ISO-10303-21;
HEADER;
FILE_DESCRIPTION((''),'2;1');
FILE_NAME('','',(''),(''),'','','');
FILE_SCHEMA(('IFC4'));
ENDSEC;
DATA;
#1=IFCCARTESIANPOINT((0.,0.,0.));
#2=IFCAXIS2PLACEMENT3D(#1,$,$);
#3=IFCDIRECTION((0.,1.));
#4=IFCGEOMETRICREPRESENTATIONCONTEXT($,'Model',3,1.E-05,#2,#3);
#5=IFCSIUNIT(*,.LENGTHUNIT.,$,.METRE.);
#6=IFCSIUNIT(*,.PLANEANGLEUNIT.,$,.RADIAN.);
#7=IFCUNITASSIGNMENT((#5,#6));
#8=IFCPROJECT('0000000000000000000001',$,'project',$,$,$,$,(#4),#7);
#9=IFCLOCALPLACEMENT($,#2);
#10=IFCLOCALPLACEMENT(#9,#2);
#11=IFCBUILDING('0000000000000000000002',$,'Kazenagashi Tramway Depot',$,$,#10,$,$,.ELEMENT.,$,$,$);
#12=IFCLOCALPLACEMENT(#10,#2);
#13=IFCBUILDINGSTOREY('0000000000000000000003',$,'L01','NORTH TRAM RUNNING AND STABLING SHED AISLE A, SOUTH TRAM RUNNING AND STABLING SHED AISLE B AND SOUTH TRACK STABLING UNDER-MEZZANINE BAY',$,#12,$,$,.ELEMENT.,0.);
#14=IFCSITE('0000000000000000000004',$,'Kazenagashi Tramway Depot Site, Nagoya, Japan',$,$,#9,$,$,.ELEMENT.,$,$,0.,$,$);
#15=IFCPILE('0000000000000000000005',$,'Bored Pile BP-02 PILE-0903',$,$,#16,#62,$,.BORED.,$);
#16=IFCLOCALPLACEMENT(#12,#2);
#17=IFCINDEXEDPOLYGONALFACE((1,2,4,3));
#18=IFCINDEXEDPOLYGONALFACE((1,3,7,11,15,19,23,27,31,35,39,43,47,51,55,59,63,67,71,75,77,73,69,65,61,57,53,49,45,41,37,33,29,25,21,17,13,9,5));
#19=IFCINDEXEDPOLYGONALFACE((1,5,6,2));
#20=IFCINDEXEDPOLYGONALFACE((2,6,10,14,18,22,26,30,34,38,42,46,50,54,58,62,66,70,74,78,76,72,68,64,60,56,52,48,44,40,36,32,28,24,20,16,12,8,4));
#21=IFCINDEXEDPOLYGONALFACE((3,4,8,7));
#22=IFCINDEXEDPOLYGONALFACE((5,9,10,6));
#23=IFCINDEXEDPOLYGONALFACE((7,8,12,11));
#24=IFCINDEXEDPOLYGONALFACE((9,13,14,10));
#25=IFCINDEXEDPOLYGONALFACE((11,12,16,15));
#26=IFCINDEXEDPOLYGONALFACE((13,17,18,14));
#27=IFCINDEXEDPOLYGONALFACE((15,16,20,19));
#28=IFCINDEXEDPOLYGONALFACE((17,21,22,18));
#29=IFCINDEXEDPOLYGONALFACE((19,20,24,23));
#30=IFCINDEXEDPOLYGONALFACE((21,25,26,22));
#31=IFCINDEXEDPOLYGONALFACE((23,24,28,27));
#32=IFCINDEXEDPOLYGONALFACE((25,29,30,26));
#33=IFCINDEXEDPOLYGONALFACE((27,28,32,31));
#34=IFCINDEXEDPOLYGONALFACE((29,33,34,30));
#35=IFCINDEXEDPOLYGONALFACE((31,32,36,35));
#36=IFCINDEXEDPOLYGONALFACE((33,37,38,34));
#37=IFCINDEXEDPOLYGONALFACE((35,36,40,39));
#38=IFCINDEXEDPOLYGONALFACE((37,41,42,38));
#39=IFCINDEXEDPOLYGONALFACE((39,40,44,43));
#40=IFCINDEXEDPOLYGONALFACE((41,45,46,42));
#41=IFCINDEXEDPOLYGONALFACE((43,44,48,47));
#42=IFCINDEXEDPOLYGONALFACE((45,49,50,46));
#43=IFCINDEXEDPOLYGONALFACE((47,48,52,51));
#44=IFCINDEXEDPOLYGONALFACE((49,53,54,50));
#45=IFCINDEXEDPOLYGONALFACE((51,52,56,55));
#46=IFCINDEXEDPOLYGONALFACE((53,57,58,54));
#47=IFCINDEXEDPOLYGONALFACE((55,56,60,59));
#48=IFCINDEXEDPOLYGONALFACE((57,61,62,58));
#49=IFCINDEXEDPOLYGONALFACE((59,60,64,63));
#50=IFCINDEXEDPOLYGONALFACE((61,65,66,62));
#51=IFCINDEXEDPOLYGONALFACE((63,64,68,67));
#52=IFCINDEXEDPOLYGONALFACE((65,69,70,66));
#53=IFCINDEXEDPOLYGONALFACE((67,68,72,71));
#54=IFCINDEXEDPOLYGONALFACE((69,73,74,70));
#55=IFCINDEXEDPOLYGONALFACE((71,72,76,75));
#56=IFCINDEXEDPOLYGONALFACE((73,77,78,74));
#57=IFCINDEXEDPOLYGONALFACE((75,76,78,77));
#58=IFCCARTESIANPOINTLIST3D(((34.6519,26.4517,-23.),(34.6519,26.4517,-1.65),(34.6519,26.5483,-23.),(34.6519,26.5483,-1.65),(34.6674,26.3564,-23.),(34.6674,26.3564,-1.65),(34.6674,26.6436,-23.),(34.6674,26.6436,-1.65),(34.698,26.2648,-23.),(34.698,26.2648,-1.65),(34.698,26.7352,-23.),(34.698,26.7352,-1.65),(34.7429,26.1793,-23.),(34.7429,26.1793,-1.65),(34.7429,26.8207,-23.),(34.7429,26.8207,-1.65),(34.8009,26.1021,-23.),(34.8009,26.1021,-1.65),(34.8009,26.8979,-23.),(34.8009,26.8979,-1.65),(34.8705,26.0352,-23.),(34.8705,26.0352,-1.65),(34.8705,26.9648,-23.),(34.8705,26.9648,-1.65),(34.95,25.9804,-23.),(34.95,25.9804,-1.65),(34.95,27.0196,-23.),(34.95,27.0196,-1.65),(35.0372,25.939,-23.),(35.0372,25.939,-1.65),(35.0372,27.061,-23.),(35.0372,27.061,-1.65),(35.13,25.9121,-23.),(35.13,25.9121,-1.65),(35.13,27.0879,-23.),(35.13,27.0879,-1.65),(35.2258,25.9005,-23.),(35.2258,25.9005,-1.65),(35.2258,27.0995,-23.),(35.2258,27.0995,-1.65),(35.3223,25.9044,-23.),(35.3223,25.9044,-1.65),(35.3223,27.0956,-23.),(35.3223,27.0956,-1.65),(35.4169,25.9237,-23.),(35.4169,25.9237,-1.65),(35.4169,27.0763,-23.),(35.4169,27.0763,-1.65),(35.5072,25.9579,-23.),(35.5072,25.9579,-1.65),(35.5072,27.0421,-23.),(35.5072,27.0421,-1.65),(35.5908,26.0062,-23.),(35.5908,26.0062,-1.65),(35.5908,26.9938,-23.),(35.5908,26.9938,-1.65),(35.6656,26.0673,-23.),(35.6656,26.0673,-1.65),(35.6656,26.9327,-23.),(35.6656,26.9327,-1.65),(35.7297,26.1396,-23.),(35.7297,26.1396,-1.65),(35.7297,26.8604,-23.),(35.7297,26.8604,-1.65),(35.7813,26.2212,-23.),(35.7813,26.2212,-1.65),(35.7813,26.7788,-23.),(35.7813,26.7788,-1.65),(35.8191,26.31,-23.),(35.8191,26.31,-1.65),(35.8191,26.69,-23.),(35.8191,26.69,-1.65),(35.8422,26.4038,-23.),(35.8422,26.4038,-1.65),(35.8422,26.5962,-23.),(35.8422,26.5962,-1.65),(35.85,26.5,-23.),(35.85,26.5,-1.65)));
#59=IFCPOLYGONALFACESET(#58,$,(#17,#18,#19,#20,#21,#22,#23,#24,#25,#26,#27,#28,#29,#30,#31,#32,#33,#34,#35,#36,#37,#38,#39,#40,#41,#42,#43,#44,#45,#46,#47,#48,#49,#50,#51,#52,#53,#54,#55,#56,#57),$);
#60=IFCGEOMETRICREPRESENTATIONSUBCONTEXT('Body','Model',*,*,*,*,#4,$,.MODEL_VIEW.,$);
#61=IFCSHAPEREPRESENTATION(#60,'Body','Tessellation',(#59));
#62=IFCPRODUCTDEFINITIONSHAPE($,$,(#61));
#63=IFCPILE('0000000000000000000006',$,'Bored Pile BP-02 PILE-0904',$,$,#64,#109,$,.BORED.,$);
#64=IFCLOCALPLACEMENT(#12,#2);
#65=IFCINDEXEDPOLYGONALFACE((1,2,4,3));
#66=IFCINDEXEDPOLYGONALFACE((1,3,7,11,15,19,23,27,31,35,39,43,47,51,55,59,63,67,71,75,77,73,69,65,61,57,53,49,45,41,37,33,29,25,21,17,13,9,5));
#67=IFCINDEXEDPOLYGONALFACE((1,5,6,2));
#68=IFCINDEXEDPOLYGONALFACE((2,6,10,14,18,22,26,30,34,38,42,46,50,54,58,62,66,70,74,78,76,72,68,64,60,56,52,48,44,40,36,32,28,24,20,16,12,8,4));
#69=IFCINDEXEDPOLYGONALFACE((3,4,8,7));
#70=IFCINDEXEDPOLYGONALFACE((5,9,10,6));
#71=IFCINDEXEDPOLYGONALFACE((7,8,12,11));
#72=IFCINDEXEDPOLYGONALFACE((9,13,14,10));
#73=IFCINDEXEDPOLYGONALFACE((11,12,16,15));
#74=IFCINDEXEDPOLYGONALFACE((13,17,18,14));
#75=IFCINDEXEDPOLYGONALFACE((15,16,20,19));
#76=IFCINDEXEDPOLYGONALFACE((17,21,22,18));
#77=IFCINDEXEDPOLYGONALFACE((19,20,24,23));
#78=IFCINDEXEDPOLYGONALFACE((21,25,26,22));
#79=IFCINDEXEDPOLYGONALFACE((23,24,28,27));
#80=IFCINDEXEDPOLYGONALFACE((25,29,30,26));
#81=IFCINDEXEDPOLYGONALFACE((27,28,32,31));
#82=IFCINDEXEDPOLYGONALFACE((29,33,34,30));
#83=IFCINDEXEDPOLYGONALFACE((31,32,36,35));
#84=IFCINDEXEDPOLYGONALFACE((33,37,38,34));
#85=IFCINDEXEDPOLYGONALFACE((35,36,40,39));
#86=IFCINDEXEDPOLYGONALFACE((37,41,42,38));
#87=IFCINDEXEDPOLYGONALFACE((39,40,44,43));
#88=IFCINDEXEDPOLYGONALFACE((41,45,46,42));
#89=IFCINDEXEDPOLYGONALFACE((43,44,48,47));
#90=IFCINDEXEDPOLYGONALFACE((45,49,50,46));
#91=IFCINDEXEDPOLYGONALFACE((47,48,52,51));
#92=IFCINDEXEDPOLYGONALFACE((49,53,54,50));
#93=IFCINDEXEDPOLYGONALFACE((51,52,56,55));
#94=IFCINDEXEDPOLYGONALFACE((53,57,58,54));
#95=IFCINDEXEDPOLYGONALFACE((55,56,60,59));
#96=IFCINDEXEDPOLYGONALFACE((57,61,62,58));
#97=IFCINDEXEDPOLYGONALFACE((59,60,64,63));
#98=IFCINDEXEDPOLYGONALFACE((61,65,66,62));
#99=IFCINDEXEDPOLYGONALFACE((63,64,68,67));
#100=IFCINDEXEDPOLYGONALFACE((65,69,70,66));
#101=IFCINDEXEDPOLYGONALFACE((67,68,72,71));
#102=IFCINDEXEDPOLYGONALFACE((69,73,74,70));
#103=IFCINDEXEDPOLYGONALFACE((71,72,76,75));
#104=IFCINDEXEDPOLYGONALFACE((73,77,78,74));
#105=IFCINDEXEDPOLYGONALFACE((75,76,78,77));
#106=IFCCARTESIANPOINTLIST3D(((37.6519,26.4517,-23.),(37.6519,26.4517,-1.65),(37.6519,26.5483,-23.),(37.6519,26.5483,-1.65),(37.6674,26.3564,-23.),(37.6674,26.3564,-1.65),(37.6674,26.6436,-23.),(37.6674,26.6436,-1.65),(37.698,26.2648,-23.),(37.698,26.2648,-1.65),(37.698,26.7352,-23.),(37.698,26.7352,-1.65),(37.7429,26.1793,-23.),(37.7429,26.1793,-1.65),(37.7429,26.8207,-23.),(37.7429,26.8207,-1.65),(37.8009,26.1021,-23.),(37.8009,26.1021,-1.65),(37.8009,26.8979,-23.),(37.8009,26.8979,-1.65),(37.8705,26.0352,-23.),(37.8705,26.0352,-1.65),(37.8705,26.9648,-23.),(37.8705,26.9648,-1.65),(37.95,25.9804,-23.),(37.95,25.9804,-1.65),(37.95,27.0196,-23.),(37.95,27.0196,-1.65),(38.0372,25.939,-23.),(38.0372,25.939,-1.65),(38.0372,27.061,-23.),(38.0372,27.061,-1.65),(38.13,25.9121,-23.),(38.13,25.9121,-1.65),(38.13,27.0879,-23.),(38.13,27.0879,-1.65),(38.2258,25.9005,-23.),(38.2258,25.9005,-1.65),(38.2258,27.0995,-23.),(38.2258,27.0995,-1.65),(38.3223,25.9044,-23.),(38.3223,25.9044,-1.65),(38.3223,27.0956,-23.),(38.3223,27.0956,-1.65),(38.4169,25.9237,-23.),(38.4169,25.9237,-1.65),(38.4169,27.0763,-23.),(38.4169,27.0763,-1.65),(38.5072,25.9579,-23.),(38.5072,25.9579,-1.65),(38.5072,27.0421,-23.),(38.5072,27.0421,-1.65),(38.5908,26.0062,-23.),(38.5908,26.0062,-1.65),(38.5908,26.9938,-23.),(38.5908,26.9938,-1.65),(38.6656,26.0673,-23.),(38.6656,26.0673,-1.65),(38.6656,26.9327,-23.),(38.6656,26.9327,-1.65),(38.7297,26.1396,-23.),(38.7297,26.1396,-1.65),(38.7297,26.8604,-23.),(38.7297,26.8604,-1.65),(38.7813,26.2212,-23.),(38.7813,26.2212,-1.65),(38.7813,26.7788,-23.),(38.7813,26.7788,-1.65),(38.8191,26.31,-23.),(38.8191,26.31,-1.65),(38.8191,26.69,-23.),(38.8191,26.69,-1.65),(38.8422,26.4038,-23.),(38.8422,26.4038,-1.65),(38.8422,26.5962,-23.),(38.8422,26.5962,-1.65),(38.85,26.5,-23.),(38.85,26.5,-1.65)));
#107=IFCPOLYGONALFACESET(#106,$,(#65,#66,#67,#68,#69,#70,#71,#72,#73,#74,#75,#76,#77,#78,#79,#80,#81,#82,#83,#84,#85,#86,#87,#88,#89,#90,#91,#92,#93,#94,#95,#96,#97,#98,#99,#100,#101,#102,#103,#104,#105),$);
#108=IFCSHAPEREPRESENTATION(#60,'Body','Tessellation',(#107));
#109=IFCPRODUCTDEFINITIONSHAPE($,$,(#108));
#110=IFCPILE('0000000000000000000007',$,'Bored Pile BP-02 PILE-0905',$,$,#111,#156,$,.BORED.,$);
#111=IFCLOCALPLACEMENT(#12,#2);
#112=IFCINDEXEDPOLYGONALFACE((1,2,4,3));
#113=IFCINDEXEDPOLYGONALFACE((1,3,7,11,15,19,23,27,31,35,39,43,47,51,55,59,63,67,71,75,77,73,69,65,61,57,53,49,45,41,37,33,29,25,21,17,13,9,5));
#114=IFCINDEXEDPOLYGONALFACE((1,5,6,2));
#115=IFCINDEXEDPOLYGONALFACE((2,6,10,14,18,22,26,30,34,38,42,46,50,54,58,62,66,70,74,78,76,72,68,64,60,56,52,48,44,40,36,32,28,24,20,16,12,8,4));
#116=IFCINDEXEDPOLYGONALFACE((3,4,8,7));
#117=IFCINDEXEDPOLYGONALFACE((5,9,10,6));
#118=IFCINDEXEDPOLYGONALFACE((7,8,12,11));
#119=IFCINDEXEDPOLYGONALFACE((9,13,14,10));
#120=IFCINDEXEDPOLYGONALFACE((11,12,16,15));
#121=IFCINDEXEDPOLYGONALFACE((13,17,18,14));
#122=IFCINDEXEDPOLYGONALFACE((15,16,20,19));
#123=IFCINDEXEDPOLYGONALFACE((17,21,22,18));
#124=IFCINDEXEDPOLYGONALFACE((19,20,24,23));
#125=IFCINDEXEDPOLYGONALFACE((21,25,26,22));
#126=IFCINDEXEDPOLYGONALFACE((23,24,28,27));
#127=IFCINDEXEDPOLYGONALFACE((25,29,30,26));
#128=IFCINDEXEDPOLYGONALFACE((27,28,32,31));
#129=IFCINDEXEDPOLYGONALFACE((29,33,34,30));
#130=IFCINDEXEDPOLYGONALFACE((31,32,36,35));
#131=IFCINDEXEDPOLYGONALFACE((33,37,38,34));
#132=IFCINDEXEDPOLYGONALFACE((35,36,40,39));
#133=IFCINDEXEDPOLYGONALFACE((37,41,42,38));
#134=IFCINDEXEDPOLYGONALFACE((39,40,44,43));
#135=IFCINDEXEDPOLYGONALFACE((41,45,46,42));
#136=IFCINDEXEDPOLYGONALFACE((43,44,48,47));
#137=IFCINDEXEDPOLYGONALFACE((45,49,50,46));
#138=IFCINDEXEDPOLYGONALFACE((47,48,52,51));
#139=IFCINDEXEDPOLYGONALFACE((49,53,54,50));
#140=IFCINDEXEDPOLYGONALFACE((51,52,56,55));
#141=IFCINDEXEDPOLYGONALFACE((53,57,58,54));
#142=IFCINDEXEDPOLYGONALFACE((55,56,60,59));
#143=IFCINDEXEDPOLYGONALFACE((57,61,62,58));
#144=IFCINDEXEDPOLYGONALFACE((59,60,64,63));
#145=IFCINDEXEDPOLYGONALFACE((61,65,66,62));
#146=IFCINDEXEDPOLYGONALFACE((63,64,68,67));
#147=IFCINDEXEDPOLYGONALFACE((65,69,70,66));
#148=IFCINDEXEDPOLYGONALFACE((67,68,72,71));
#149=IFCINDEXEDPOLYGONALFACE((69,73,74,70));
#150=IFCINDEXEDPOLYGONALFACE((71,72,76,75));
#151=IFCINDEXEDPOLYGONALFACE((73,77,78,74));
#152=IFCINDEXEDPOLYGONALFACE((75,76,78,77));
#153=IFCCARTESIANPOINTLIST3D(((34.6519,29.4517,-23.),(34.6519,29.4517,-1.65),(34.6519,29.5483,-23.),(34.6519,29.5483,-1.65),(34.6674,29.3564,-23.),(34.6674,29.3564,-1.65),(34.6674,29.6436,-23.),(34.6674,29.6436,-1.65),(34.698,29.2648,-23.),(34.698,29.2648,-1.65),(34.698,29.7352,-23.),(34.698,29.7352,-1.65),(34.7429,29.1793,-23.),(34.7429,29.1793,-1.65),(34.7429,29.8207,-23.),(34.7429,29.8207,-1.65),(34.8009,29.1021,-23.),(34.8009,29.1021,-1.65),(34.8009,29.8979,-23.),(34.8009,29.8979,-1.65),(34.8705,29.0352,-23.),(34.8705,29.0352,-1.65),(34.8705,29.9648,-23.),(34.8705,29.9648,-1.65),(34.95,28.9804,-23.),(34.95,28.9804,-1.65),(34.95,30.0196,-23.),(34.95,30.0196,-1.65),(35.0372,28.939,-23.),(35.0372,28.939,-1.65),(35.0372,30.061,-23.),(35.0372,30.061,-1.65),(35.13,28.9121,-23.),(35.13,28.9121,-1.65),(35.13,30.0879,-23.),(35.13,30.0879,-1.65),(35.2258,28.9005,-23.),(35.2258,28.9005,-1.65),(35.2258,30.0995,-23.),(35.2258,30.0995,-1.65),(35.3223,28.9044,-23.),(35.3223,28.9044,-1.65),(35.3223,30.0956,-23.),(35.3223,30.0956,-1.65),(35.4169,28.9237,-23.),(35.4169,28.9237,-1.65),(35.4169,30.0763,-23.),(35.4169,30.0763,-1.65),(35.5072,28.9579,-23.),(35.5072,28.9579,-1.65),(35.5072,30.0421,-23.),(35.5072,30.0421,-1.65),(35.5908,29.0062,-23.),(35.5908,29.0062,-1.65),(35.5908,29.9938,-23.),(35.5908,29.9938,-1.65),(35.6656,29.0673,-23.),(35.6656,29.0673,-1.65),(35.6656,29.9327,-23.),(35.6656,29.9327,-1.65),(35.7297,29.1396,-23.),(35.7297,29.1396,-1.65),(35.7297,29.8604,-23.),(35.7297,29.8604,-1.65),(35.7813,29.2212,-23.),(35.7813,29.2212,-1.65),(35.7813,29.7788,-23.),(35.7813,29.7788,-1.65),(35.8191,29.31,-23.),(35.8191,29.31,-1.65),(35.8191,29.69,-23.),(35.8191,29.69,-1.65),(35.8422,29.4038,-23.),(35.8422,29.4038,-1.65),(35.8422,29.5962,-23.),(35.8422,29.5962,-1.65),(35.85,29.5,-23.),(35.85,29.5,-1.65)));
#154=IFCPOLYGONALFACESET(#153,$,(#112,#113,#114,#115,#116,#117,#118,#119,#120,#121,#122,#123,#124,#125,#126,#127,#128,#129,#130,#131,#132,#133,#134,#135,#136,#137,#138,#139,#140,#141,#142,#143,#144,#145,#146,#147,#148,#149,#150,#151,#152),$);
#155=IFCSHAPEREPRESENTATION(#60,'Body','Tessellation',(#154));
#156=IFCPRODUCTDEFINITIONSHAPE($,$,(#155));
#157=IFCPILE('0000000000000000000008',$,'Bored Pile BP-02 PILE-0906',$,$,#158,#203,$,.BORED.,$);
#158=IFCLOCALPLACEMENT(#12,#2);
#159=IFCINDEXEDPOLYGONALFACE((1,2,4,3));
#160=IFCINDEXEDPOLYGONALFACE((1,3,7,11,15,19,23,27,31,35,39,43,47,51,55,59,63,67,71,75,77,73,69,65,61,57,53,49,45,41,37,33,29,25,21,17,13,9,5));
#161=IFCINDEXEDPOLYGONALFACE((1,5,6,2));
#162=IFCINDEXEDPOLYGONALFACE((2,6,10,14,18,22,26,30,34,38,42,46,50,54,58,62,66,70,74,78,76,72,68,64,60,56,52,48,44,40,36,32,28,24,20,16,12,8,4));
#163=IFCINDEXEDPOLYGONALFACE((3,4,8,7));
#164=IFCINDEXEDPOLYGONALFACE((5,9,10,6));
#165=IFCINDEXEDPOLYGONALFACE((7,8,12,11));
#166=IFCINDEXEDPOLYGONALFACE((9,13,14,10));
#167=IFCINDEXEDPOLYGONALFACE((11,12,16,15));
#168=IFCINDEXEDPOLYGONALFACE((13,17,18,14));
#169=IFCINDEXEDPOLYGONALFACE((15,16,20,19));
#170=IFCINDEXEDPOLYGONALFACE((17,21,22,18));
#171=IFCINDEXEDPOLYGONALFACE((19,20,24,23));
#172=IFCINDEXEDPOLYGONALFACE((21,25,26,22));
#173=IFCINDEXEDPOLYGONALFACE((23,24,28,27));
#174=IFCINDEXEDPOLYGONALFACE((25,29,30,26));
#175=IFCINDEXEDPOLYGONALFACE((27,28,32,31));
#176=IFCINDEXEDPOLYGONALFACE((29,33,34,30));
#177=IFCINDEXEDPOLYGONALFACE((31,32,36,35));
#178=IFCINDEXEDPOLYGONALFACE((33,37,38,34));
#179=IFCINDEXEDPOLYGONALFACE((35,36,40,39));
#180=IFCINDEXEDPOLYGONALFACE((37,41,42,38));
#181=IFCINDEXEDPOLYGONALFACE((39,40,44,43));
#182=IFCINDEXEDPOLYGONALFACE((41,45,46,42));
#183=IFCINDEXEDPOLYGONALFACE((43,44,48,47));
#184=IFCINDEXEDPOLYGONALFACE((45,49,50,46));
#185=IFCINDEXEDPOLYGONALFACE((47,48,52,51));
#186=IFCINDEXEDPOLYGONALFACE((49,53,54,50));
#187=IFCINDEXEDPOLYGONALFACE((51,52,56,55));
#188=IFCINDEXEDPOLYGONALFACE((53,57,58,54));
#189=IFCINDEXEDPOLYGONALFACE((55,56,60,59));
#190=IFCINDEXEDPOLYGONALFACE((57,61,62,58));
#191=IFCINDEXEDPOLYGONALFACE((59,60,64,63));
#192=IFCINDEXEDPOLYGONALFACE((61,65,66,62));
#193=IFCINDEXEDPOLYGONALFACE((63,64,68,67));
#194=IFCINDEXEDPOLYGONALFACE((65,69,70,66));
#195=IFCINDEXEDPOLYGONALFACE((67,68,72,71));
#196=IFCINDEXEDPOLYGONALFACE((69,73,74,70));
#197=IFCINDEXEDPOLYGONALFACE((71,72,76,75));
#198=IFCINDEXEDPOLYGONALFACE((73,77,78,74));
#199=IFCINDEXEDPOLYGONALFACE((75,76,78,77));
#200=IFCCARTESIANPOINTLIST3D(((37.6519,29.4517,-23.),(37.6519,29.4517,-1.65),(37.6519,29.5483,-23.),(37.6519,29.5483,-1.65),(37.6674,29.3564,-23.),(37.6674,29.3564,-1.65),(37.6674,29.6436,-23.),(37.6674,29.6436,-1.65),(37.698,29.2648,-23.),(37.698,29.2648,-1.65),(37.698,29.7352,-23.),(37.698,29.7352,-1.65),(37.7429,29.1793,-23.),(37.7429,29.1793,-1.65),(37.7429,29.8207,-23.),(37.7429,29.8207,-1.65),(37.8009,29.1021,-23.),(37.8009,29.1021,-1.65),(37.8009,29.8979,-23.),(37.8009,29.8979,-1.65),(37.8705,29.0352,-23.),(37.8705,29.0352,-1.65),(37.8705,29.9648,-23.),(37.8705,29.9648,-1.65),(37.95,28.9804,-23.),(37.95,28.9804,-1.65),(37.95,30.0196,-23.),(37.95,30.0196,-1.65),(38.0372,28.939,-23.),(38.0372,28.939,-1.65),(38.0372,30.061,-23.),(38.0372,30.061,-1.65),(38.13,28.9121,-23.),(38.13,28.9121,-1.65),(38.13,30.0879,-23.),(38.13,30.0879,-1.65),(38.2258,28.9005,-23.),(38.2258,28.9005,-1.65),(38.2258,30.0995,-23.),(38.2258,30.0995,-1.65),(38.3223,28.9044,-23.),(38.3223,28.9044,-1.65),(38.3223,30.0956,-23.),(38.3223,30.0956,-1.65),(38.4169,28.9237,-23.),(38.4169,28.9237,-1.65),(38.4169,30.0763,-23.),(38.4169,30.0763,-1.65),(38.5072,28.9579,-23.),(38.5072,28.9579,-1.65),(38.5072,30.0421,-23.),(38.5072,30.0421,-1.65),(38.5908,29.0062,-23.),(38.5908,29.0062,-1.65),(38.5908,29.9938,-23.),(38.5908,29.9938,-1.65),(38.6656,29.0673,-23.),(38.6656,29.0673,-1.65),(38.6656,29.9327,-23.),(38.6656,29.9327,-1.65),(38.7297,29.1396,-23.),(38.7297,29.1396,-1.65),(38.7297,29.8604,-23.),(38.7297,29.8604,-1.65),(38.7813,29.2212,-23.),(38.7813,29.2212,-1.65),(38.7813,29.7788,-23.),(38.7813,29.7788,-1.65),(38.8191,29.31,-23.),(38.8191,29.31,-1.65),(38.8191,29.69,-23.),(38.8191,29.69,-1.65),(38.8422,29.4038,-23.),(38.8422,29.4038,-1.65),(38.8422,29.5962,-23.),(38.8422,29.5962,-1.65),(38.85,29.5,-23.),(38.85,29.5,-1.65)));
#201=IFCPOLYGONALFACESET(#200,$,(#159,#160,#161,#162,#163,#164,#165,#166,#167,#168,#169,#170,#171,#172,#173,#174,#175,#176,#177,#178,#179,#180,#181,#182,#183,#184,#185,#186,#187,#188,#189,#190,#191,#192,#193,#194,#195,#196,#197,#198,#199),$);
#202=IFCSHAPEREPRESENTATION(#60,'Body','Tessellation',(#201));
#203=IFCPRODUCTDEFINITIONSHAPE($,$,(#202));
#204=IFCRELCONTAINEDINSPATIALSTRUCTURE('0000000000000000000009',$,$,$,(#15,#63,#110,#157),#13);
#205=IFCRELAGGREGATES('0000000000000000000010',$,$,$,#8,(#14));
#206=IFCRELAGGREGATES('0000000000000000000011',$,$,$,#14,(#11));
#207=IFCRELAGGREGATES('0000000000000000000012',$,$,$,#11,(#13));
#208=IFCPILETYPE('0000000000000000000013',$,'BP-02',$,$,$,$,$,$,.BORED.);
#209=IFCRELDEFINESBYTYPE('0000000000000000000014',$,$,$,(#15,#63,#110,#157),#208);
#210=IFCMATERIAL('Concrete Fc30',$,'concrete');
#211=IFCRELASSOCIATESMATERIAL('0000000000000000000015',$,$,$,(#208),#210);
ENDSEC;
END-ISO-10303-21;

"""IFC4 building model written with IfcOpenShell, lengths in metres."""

from ifc_helpers import new_model, si_unit, direction, frame, origin, origin_2d, place, context, subcontext, project, spatial, circle, extrude, material, material_profile, profile_set, type_object, element, save


model = new_model("IFC4")

# Units and contexts
model_context = context("Model", 3, precision=1e-05, world=origin(), true_north=direction((0.0, 1.0)))
body_context = subcontext(model_context, "Body", "Model", "MODEL_VIEW")
ifc_project = project(units=[si_unit("LENGTHUNIT", "METRE"), si_unit("PLANEANGLEUNIT", "RADIAN")], contexts=[model_context])

# Site, building, storey
site_placement = place(None, origin())
site = spatial("IfcSite", under=ifc_project, at=site_placement, Name="Kazenagashi Tramway Depot Site, Nagoya, Japan", CompositionType="ELEMENT", RefElevation=0.0)
building_placement = place(site_placement, origin())
building = spatial("IfcBuilding", under=site, at=building_placement, Name="Kazenagashi Tramway Depot", CompositionType="ELEMENT")
storey_placement = place(building_placement, origin())
storey = spatial("IfcBuildingStorey", under=building, at=storey_placement, Name="L01", Description="NORTH TRAM RUNNING AND STABLING SHED AISLE A, SOUTH TRAM RUNNING AND STABLING SHED AISLE B AND SOUTH TRACK STABLING UNDER-MEZZANINE BAY", CompositionType="ELEMENT", Elevation=0.0)

# Piles
ifc_material_1 = material(Name="Concrete Fc30", Category="concrete")
ifc_material_profile_1 = material_profile(ifc_material_1, circle(Radius=0.6, at=origin_2d()), Name="PILE-1200")
ifc_profile_set_1 = profile_set([ifc_material_profile_1], Name="Concrete Fc30")
pile_type_1 = type_object("IfcPileType", Name="BP-02", PredefinedType="BORED", material=ifc_profile_set_1)
for number, where, z_axis, x_axis, name in (
    (1, (35.25, 26.5, -1.65), (0.0, 0.0, -1.0), (1.0, 0.0, 0.0), "Bored Pile BP-02 PILE-0903"),
    (2, (38.25, 26.5, -1.65), (0.0, 0.0, -1.0), (1.0, 0.0, 0.0), "Bored Pile BP-02 PILE-0904"),
    (3, (35.25, 29.5, -1.65), (0.0, 0.0, -1.0), (1.0, 0.0, 0.0), "Bored Pile BP-02 PILE-0905"),
    (4, (38.25, 29.5, -1.65), (0.0, 0.0, -1.0), (1.0, 0.0, 0.0), "Bored Pile BP-02 PILE-0906"),
):
    element("IfcPile", number, at=place(storey_placement, frame(where, z_axis=z_axis, x_axis=x_axis)), inside=storey, type_object=pile_type_1, Name=name, PredefinedType="BORED", context=body_context, shape_type="SweptSolid", body=[
        extrude(circle(Radius=0.6, at=origin_2d()), origin(), (0.0, 0.0, 1.0), 21.35),
    ])

save(model, "model.ifc")
